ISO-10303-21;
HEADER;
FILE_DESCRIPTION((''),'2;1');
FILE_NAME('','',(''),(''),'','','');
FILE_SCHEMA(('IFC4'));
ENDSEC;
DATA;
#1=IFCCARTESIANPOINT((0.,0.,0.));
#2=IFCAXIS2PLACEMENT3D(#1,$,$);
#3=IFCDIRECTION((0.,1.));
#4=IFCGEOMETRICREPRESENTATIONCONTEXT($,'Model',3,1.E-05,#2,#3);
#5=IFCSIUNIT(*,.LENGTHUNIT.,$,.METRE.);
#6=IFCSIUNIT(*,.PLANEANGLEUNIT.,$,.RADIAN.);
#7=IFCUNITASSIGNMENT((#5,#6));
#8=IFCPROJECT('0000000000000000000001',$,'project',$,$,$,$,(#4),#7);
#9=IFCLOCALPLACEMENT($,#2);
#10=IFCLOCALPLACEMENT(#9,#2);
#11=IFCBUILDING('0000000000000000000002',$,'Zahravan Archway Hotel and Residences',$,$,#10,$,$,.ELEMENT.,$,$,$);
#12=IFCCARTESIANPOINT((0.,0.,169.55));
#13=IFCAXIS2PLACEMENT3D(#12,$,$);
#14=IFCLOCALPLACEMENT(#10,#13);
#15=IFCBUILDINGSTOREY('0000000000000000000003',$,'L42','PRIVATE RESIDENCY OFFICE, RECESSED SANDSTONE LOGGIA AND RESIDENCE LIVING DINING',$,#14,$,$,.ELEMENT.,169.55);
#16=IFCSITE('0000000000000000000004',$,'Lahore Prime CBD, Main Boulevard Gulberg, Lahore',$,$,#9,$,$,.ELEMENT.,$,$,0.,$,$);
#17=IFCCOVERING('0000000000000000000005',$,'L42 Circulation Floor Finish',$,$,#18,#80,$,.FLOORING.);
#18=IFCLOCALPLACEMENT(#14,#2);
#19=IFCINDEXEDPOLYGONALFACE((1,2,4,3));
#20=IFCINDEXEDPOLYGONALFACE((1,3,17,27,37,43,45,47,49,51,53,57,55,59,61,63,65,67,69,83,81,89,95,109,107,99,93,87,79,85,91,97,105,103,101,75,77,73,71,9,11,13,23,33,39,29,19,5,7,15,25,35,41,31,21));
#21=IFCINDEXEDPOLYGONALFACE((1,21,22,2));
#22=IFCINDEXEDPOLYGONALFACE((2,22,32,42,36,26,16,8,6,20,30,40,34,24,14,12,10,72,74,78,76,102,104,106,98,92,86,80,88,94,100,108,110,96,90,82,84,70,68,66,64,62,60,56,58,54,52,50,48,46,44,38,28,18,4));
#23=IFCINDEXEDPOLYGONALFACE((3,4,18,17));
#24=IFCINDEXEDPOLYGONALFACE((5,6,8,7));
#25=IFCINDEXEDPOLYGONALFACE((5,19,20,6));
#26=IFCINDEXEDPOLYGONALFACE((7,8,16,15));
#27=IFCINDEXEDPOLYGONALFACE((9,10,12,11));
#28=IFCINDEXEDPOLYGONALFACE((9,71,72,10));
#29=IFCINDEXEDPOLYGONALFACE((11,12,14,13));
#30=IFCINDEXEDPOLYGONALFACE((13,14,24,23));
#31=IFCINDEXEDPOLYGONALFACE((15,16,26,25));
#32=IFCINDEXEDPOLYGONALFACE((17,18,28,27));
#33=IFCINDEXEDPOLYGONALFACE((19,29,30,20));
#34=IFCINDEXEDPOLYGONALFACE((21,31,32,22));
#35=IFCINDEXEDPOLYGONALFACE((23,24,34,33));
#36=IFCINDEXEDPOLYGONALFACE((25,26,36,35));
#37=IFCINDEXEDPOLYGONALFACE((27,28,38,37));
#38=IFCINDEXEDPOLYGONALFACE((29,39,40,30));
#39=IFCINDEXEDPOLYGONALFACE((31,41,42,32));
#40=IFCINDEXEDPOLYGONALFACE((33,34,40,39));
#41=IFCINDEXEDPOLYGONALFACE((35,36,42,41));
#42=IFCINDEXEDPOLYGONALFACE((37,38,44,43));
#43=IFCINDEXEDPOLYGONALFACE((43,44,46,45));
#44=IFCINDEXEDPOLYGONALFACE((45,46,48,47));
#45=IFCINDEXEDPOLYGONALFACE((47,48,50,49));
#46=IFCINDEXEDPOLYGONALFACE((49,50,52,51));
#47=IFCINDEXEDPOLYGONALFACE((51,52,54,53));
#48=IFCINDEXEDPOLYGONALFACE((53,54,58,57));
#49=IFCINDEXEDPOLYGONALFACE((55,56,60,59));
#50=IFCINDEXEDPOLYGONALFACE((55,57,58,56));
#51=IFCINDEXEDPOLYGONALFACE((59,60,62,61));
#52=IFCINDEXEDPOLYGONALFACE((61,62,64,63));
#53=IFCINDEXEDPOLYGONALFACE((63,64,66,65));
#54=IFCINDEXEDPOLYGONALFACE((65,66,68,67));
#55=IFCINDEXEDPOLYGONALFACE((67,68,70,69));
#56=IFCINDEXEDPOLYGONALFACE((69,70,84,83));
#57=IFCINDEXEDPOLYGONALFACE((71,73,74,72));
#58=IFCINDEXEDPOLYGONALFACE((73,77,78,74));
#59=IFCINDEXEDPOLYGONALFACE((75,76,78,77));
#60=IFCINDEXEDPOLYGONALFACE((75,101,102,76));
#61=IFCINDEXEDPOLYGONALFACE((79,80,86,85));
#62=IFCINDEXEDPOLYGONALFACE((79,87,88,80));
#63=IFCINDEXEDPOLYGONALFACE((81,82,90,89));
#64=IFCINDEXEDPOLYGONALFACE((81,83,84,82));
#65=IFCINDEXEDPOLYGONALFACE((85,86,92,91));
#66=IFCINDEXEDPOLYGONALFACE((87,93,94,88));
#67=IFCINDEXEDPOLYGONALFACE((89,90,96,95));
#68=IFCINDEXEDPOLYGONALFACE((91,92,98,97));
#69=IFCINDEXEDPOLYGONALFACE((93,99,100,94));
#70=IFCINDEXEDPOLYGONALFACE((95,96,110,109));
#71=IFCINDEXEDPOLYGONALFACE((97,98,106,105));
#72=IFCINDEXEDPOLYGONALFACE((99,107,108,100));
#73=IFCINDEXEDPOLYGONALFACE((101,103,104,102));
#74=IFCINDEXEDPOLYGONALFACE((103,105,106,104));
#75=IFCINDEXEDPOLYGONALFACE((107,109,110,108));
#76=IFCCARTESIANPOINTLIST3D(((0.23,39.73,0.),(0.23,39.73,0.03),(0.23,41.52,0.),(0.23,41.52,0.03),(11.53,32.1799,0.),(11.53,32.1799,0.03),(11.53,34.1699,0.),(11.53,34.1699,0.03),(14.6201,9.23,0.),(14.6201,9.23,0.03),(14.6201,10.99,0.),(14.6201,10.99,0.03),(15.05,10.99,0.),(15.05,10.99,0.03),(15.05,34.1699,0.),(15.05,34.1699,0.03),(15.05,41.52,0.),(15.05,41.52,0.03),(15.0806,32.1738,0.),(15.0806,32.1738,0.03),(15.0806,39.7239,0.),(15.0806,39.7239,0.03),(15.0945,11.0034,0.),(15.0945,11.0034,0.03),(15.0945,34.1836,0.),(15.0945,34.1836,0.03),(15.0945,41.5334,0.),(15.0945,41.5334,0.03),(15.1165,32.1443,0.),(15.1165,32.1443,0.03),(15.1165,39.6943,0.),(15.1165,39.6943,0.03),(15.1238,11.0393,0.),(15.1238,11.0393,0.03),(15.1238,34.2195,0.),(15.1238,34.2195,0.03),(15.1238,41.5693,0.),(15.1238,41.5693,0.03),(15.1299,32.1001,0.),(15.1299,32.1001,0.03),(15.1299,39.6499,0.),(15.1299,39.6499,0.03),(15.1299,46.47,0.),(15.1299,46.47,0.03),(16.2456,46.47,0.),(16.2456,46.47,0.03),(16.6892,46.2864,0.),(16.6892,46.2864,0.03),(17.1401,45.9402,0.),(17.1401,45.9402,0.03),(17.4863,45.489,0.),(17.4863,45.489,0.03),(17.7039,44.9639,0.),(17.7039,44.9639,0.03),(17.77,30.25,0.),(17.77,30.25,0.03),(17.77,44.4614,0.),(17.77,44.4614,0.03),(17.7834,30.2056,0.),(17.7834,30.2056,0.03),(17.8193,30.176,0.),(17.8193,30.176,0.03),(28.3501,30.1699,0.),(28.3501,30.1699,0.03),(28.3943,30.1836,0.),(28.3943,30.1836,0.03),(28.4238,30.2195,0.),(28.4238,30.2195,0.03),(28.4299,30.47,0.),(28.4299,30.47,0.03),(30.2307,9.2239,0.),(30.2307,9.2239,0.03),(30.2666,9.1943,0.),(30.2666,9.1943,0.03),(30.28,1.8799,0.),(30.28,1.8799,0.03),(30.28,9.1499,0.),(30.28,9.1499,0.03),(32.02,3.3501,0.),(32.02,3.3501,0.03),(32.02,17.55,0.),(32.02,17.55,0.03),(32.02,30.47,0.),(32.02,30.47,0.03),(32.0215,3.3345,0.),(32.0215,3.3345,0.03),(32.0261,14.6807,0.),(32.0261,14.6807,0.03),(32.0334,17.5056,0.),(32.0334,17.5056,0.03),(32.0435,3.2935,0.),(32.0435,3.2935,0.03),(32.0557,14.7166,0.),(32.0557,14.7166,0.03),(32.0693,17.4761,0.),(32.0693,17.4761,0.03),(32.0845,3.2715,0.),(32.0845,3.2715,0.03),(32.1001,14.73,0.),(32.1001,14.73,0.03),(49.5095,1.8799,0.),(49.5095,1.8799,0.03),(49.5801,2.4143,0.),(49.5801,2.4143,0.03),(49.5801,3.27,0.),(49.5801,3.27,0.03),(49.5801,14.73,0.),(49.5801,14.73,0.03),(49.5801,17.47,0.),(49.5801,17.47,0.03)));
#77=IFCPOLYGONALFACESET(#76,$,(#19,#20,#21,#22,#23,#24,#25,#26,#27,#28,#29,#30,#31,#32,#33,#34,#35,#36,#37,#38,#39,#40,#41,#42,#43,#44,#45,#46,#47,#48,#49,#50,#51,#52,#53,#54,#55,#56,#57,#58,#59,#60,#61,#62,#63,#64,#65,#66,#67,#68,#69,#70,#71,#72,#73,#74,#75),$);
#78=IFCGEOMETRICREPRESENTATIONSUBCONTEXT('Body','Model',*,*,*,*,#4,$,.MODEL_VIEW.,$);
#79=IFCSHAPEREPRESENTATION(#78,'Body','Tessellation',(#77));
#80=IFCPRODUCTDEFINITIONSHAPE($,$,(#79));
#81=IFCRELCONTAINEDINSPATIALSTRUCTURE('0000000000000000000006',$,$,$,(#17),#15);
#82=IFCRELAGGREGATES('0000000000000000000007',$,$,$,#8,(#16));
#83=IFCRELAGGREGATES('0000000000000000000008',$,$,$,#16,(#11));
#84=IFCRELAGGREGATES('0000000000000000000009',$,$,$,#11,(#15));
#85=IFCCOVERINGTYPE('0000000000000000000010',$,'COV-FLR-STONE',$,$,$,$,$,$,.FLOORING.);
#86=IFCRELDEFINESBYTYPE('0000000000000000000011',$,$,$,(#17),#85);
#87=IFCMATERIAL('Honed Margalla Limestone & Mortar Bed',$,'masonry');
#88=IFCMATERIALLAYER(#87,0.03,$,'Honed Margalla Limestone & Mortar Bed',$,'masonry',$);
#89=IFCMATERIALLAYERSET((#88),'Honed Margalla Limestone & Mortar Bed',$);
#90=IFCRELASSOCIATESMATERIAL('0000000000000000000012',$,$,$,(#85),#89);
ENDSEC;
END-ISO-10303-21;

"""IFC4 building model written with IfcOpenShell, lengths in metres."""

from ifc_helpers import new_model, si_unit, direction, frame, origin, place, context, subcontext, project, spatial, polyline, outline, extrude, material, layer, layer_set, type_object, element, save


model = new_model("IFC4")

# Units and contexts
model_context = context("Model", 3, precision=1e-05, world=origin(), true_north=direction((0.0, 1.0)))
body_context = subcontext(model_context, "Body", "Model", "MODEL_VIEW")
ifc_project = project(units=[si_unit("LENGTHUNIT", "METRE"), si_unit("PLANEANGLEUNIT", "RADIAN")], contexts=[model_context])

# Site, building, storey
site_placement = place(None, origin())
site = spatial("IfcSite", under=ifc_project, at=site_placement, Name="Lahore Prime CBD, Main Boulevard Gulberg, Lahore", CompositionType="ELEMENT", RefElevation=0.0)
building_placement = place(site_placement, origin())
building = spatial("IfcBuilding", under=site, at=building_placement, Name="Zahravan Archway Hotel and Residences", CompositionType="ELEMENT")
storey_placement = place(building_placement, frame((0.0, 0.0, 169.55)))
storey = spatial("IfcBuildingStorey", under=building, at=storey_placement, Name="L42", Description="PRIVATE RESIDENCY OFFICE, RECESSED SANDSTONE LOGGIA AND RESIDENCE LIVING DINING", CompositionType="ELEMENT", Elevation=169.55)

# Covering
ifc_material_1 = material(Name="Honed Margalla Limestone & Mortar Bed", Category="masonry")
ifc_layer_1 = layer(ifc_material_1, 0.03, Name="Honed Margalla Limestone & Mortar Bed", Category="masonry")
ifc_layer_set_1 = layer_set([ifc_layer_1], Name="Honed Margalla Limestone & Mortar Bed")
covering_type_1 = type_object("IfcCoveringType", Name="COV-FLR-STONE", PredefinedType="FLOORING", material=ifc_layer_set_1)
covering_1_placement = place(storey_placement, origin())
element("IfcCovering", 1, at=covering_1_placement, inside=storey, type_object=covering_type_1, Name="L42 Circulation Floor Finish", PredefinedType="FLOORING", context=body_context, shape_type="SweptSolid", body=[
    extrude(outline(polyline([(32.0215, 3.3345), (32.0435, 3.2935), (32.0845, 3.2715), (49.5801, 3.27), (49.5801, 2.4143), (49.5095, 1.8799), (30.28, 1.8799), (30.28, 9.1499), (30.2666, 9.1943), (30.2307, 9.2239), (14.6201, 9.23), (14.6201, 10.99), (15.05, 10.99), (15.0945, 11.0034), (15.1238, 11.0393), (15.1299, 32.1001), (15.1165, 32.1443), (15.0806, 32.1738), (11.53, 32.1799), (11.53, 34.1699), (15.05, 34.1699), (15.0945, 34.1836), (15.1238, 34.2195), (15.1299, 39.6499), (15.1165, 39.6943), (15.0806, 39.7239), (0.23, 39.73), (0.23, 41.52), (15.05, 41.52), (15.0945, 41.5334), (15.1238, 41.5693), (15.1299, 46.47), (16.2456, 46.47), (16.6892, 46.2864), (17.1401, 45.9402), (17.4863, 45.489), (17.7039, 44.9639), (17.77, 44.4614), (17.77, 30.25), (17.7834, 30.2056), (17.8193, 30.176), (28.3501, 30.1699), (28.3943, 30.1836), (28.4238, 30.2195), (28.4299, 30.47), (32.02, 30.47), (32.02, 17.55), (32.0334, 17.5056), (32.0693, 17.4761), (49.5801, 17.47), (49.5801, 14.73), (32.1001, 14.73), (32.0557, 14.7166), (32.0261, 14.6807), (32.02, 3.3501), (32.0215, 3.3345)])), origin(), (0.0, 0.0, 1.0), 0.03),
])

save(model, "model.ifc")
